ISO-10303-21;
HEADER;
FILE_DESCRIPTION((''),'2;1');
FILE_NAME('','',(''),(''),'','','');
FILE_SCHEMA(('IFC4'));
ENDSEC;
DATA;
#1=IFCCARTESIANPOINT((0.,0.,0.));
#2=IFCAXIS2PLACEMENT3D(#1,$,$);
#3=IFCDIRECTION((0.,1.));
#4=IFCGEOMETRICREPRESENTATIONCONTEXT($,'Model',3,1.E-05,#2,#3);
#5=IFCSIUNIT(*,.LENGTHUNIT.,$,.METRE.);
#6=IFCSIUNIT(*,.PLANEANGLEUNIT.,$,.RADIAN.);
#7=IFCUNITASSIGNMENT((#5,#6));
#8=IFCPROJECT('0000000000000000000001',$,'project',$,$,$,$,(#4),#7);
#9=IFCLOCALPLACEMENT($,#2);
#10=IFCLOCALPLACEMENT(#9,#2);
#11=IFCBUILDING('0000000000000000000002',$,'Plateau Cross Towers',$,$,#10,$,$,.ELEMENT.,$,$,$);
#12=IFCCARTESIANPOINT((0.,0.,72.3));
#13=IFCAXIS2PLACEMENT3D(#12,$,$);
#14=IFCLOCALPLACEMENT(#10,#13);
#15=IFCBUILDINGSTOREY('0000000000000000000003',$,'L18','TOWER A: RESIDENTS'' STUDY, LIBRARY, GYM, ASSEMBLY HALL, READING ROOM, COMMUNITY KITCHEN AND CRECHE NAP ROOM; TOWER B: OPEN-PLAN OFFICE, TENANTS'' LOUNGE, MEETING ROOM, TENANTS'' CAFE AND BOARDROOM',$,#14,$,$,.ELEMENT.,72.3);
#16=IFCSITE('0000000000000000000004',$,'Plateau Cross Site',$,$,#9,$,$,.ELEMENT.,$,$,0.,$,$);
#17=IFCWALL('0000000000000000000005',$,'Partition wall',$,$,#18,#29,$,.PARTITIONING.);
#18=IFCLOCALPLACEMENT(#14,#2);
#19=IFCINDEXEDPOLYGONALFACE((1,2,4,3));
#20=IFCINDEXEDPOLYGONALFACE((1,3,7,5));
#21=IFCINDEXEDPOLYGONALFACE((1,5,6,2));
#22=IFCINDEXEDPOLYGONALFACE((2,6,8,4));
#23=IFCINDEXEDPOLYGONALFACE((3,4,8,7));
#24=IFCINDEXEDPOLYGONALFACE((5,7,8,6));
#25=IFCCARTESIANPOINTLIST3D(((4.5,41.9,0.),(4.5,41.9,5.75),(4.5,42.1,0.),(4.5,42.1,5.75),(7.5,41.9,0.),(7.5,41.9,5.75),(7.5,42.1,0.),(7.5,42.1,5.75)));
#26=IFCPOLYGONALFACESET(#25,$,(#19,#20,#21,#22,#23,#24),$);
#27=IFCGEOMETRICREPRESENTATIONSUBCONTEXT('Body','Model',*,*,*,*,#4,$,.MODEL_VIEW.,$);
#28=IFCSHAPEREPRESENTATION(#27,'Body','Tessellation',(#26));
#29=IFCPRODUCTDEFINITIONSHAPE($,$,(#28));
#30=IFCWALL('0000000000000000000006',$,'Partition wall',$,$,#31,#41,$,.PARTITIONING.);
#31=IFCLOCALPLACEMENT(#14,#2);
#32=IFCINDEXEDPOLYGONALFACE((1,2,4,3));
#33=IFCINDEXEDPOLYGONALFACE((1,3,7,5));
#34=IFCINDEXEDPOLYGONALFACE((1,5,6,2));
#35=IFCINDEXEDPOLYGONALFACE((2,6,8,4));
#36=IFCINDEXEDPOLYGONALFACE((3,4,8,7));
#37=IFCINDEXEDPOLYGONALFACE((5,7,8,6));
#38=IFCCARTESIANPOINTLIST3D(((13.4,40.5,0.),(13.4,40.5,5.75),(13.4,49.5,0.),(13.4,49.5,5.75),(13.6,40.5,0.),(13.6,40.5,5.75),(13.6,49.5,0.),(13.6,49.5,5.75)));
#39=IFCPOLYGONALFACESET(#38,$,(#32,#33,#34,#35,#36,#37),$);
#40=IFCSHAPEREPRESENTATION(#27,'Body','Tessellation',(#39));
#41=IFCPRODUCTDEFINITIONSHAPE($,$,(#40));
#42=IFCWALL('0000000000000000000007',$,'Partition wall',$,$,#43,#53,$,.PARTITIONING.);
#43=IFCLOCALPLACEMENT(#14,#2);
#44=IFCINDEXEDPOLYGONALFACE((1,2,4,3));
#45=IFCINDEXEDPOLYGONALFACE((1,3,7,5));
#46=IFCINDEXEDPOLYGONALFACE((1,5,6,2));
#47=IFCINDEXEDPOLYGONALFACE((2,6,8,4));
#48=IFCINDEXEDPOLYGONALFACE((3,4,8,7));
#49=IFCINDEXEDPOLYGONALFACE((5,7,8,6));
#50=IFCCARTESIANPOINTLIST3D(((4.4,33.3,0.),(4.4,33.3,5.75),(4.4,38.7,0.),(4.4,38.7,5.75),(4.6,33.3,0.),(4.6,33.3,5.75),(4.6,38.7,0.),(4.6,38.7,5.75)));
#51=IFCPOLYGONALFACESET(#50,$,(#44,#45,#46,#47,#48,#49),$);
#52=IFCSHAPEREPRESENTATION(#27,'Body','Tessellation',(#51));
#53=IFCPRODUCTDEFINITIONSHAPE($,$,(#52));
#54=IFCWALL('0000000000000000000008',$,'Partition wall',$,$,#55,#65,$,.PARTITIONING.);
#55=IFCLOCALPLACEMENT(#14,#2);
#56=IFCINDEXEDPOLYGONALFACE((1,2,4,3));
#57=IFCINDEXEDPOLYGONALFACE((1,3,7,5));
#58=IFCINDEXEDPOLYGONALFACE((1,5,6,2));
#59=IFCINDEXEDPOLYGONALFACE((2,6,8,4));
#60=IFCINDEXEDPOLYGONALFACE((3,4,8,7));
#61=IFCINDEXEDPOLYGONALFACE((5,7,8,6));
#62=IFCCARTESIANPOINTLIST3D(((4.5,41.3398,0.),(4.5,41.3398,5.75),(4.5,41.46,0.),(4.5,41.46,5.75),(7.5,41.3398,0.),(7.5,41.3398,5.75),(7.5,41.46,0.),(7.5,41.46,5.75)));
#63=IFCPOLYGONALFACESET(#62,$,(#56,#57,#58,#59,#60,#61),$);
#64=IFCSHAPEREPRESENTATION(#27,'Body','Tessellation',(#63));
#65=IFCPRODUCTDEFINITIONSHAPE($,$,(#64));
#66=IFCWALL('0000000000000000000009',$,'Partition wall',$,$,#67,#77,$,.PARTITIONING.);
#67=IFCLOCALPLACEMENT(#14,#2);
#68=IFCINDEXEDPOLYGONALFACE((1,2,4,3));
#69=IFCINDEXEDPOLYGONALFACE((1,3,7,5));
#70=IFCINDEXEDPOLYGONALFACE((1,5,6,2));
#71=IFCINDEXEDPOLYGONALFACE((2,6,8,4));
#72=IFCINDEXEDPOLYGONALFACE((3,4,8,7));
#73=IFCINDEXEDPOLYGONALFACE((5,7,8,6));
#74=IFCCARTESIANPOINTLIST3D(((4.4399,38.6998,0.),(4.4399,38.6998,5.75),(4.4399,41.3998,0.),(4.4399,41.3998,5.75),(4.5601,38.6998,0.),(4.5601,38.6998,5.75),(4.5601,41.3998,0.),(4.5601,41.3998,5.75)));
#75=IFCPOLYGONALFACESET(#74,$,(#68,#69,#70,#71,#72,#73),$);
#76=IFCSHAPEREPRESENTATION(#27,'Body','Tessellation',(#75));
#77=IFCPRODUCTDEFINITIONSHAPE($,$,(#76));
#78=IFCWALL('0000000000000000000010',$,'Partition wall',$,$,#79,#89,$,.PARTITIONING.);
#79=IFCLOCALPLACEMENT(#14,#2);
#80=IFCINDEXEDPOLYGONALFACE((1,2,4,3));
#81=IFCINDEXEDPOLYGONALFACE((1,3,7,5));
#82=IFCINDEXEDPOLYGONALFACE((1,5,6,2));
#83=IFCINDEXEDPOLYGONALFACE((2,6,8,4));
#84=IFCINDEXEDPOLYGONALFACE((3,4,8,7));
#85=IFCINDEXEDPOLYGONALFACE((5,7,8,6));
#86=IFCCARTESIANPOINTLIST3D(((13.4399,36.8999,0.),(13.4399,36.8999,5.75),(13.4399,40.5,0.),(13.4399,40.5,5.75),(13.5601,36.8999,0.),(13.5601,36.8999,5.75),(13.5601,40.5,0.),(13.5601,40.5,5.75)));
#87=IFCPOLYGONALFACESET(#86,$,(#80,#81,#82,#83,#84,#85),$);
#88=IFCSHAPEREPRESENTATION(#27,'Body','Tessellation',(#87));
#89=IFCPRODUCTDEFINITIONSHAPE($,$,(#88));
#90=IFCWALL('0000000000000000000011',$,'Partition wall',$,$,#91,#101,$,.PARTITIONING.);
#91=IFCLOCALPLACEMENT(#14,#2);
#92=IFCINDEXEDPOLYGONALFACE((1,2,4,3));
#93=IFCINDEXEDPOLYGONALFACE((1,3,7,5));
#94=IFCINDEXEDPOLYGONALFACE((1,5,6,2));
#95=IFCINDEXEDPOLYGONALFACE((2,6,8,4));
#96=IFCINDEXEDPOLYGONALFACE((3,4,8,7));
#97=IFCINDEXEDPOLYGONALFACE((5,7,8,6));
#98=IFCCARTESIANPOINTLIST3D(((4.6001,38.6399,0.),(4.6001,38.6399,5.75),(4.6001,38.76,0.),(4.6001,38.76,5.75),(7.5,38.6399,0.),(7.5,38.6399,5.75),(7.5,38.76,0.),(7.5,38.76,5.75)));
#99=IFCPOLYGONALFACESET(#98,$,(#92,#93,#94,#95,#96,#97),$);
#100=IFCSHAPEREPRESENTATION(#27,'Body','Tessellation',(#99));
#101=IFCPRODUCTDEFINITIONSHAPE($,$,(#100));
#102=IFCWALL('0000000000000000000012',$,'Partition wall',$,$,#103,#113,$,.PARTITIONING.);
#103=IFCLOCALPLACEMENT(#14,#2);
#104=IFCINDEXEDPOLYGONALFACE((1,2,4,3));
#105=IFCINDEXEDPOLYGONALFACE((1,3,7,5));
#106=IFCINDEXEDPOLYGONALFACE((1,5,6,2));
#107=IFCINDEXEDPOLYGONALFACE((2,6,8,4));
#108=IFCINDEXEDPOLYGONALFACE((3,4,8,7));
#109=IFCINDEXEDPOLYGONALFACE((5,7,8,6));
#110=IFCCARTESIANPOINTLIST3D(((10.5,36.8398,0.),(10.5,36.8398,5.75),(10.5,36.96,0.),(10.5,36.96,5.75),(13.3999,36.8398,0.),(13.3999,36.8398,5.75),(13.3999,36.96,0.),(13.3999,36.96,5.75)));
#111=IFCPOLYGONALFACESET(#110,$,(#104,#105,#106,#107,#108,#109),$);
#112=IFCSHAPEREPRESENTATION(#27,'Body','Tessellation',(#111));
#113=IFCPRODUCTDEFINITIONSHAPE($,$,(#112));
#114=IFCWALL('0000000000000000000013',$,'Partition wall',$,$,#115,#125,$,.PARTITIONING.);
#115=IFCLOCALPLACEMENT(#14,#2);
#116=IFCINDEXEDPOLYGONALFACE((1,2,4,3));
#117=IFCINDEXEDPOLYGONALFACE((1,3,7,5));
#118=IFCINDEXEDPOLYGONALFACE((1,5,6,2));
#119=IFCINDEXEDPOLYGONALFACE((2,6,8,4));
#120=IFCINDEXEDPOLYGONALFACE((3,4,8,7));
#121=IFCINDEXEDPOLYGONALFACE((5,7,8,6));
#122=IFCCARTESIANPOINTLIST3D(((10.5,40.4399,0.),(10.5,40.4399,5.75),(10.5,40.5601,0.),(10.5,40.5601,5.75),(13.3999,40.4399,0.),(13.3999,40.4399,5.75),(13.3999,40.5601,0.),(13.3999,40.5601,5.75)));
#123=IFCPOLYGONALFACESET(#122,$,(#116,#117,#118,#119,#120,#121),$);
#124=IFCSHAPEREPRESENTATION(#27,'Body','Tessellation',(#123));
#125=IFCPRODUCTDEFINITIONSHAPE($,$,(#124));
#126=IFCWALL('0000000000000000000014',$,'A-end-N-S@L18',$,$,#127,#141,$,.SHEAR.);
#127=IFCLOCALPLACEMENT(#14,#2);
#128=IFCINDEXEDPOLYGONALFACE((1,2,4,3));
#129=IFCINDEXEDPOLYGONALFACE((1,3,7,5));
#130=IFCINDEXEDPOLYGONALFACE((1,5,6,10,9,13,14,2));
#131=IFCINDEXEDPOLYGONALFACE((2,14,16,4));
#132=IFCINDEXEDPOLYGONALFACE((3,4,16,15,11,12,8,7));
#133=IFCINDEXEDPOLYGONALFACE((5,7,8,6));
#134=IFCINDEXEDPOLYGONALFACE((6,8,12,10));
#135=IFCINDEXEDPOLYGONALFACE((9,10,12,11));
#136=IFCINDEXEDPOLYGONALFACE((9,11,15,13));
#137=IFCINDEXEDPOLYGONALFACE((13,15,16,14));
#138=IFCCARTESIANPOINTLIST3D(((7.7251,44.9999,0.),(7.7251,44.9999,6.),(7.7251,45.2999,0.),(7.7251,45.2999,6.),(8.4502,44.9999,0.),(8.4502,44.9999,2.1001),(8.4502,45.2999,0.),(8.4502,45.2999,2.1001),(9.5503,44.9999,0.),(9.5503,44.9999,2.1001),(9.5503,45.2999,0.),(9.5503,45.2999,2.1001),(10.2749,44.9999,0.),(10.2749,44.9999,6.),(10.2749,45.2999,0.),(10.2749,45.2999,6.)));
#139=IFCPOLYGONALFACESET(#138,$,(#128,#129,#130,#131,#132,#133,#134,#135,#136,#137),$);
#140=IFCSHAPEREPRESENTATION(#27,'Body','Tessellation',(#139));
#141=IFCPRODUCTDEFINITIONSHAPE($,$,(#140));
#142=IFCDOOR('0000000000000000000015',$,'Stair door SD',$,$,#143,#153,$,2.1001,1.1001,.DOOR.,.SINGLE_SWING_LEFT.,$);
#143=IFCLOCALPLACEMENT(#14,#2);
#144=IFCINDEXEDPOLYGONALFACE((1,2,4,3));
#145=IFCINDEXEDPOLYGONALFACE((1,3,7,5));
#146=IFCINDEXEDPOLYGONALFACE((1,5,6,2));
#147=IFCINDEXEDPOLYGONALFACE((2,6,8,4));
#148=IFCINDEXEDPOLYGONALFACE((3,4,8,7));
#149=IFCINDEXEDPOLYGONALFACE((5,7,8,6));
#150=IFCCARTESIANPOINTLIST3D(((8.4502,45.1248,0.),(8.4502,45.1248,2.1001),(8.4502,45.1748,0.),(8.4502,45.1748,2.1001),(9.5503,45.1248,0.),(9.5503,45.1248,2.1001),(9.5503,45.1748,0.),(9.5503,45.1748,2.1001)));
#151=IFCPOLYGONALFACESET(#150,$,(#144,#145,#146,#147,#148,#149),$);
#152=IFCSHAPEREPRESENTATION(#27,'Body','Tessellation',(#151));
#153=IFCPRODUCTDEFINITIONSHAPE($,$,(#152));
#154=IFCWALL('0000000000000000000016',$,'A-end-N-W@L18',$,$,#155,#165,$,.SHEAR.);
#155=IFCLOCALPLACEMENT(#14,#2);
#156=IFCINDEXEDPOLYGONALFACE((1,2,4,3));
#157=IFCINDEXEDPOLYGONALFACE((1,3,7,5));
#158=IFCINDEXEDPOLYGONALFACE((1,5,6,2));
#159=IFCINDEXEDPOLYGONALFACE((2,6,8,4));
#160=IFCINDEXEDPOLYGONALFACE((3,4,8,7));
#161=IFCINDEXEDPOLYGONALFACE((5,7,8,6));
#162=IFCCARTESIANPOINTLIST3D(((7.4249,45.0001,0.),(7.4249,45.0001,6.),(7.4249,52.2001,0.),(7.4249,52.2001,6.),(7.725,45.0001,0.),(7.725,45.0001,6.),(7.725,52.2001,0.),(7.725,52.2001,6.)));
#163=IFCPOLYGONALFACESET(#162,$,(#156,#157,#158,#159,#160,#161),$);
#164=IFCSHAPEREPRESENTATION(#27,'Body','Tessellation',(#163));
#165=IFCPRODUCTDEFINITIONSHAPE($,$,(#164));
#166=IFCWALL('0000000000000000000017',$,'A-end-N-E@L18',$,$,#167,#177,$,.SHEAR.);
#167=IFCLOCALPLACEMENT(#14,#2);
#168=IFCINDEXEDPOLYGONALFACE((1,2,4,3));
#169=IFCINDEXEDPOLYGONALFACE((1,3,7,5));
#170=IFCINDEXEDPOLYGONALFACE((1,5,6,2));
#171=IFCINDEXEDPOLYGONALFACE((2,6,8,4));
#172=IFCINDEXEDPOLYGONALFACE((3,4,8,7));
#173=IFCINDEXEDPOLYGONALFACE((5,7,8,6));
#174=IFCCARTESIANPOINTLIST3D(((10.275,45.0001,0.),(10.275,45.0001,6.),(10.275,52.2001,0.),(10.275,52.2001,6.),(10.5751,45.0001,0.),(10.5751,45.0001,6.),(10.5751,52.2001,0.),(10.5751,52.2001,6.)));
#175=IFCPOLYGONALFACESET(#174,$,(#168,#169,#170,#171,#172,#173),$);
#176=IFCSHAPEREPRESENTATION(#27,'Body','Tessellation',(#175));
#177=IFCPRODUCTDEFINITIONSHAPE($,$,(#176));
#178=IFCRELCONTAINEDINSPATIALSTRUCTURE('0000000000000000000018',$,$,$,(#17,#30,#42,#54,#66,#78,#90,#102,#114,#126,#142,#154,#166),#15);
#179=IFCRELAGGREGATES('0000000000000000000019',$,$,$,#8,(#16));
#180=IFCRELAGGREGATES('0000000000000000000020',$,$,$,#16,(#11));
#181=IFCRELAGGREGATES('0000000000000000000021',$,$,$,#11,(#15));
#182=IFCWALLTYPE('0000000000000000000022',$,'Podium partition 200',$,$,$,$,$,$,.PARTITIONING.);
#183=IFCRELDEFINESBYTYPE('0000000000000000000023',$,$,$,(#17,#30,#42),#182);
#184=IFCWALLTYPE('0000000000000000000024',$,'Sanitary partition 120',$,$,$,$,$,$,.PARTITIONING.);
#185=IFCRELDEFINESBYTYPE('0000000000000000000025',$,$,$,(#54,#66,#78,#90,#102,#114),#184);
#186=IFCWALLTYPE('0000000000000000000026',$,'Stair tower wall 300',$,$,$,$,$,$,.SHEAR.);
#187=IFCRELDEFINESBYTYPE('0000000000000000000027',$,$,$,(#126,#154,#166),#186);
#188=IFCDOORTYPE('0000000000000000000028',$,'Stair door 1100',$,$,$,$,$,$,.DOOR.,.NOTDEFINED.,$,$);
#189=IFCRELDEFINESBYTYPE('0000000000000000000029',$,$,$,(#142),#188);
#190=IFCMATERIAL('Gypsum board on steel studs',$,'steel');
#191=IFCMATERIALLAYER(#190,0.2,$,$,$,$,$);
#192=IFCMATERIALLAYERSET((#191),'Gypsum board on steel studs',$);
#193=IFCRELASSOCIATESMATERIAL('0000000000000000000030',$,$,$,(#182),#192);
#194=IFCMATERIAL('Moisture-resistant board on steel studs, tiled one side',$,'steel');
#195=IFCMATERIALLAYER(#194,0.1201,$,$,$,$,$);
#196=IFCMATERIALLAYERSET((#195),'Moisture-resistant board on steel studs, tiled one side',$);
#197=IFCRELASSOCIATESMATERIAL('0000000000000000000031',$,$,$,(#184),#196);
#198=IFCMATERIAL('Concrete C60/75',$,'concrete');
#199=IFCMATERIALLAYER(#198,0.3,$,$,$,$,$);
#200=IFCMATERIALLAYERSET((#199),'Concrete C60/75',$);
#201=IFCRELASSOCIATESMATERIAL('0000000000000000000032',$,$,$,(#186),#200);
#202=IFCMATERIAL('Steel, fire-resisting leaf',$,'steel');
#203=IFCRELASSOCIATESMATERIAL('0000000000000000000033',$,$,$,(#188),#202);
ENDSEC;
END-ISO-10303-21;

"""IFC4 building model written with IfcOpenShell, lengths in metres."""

from ifc_helpers import new_model, si_unit, direction, frame, frame_2d, origin, place, context, subcontext, project, spatial, rectangle, extrude, material, layer, layer_set, type_object, element, fill, save


model = new_model("IFC4")

# Units and contexts
model_context = context("Model", 3, precision=1e-05, world=origin(), true_north=direction((0.0, 1.0)))
body_context = subcontext(model_context, "Body", "Model", "MODEL_VIEW")
ifc_project = project(units=[si_unit("LENGTHUNIT", "METRE"), si_unit("PLANEANGLEUNIT", "RADIAN")], contexts=[model_context])

# Site, building, storey
site_placement = place(None, origin())
site = spatial("IfcSite", under=ifc_project, at=site_placement, Name="Plateau Cross Site", CompositionType="ELEMENT", RefElevation=0.0)
building_placement = place(site_placement, origin())
building = spatial("IfcBuilding", under=site, at=building_placement, Name="Plateau Cross Towers", CompositionType="ELEMENT")
storey_placement = place(building_placement, frame((0.0, 0.0, 72.3)))
storey = spatial("IfcBuildingStorey", under=building, at=storey_placement, Name="L18", Description="TOWER A: RESIDENTS' STUDY, LIBRARY, GYM, ASSEMBLY HALL, READING ROOM, COMMUNITY KITCHEN AND CRECHE NAP ROOM; TOWER B: OPEN-PLAN OFFICE, TENANTS' LOUNGE, MEETING ROOM, TENANTS' CAFE AND BOARDROOM", CompositionType="ELEMENT", Elevation=72.3)

# Shared definitions
ifc_material_1 = material(Name="Concrete C60/75", Category="concrete")

# Walls
ifc_material_2 = material(Name="Gypsum board on steel studs", Category="steel")
ifc_layer_1 = layer(ifc_material_2, 0.2)
ifc_layer_set_1 = layer_set([ifc_layer_1], Name="Gypsum board on steel studs")
wall_type_1 = type_object("IfcWallType", Name="Podium partition 200", PredefinedType="PARTITIONING", material=ifc_layer_set_1)
wall_1_placement = place(storey_placement, frame((4.5, 42.0, 0.0), z_axis=(0.0, 0.0, 1.0), x_axis=(1.0, 0.0, 0.0)))
element("IfcWall", 1, at=wall_1_placement, inside=storey, type_object=wall_type_1, Name="Partition wall", PredefinedType="PARTITIONING", context=body_context, shape_type="SweptSolid", body=[
    extrude(rectangle(XDim=3.0, YDim=0.2, at=frame_2d((1.5, 0.0))), origin(), (0.0, 0.0, 1.0), 5.75),
])
wall_2_placement = place(storey_placement, frame((13.5, 40.5, 0.0), z_axis=(0.0, 0.0, 1.0), x_axis=(0.0, 1.0, 0.0)))
element("IfcWall", 2, at=wall_2_placement, inside=storey, type_object=wall_type_1, Name="Partition wall", PredefinedType="PARTITIONING", context=body_context, shape_type="SweptSolid", body=[
    extrude(rectangle(XDim=9.0, YDim=0.2, at=frame_2d((4.5, 0.0))), origin(), (0.0, 0.0, 1.0), 5.75),
])
wall_3_placement = place(storey_placement, frame((4.5, 38.7, 0.0), z_axis=(0.0, 0.0, 1.0), x_axis=(0.0, -1.0, 0.0)))
element("IfcWall", 3, at=wall_3_placement, inside=storey, type_object=wall_type_1, Name="Partition wall", PredefinedType="PARTITIONING", context=body_context, shape_type="SweptSolid", body=[
    extrude(rectangle(XDim=5.3999, YDim=0.2, at=frame_2d((2.7, 0.0))), origin(), (0.0, 0.0, 1.0), 5.75),
])
ifc_material_3 = material(Name="Moisture-resistant board on steel studs, tiled one side", Category="steel")
ifc_layer_2 = layer(ifc_material_3, 0.1201)
ifc_layer_set_2 = layer_set([ifc_layer_2], Name="Moisture-resistant board on steel studs, tiled one side")
wall_type_2 = type_object("IfcWallType", Name="Sanitary partition 120", PredefinedType="PARTITIONING", material=ifc_layer_set_2)
wall_4_placement = place(storey_placement, frame((7.5, 41.3999, 0.0), z_axis=(0.0, 0.0, 1.0), x_axis=(-1.0, 0.0, 0.0)))
element("IfcWall", 4, at=wall_4_placement, inside=storey, type_object=wall_type_2, Name="Partition wall", PredefinedType="PARTITIONING", context=body_context, shape_type="SweptSolid", body=[
    extrude(rectangle(XDim=3.0, YDim=0.1201, at=frame_2d((1.5, 0.0))), origin(), (0.0, 0.0, 1.0), 5.75),
])
wall_5_placement = place(storey_placement, frame((4.5, 41.3999, 0.0), z_axis=(0.0, 0.0, 1.0), x_axis=(0.0, -1.0, 0.0)))
element("IfcWall", 5, at=wall_5_placement, inside=storey, type_object=wall_type_2, Name="Partition wall", PredefinedType="PARTITIONING", context=body_context, shape_type="SweptSolid", body=[
    extrude(rectangle(XDim=2.7, YDim=0.1201, at=frame_2d((1.3501, 0.0))), origin(), (0.0, 0.0, 1.0), 5.75),
])
wall_6_placement = place(storey_placement, frame((13.5, 36.8999, 0.0), z_axis=(0.0, 0.0, 1.0), x_axis=(0.0, 1.0, 0.0)))
element("IfcWall", 6, at=wall_6_placement, inside=storey, type_object=wall_type_2, Name="Partition wall", PredefinedType="PARTITIONING", context=body_context, shape_type="SweptSolid", body=[
    extrude(rectangle(XDim=3.6001, YDim=0.1201, at=frame_2d((1.8, 0.0))), origin(), (0.0, 0.0, 1.0), 5.75),
])
for number, where, z_axis, x_axis, name in (
    (7, (4.6001, 38.7, 0.0), (0.0, 0.0, 1.0), (1.0, 0.0, 0.0), "Partition wall"),
    (8, (10.5, 36.8999, 0.0), (0.0, 0.0, 1.0), (1.0, 0.0, 0.0), "Partition wall"),
    (9, (10.5, 40.5, 0.0), (0.0, 0.0, 1.0), (1.0, 0.0, 0.0), "Partition wall"),
):
    element("IfcWall", number, at=place(storey_placement, frame(where, z_axis=z_axis, x_axis=x_axis)), inside=storey, type_object=wall_type_2, Name=name, PredefinedType="PARTITIONING", context=body_context, shape_type="SweptSolid", body=[
        extrude(rectangle(XDim=2.8999, YDim=0.1201, at=frame_2d((1.45, 0.0))), origin(), (0.0, 0.0, 1.0), 5.75),
    ])

# Wall, opening, door
ifc_layer_3 = layer(ifc_material_1, 0.3)
ifc_layer_set_3 = layer_set([ifc_layer_3], Name="Concrete C60/75")
wall_type_3 = type_object("IfcWallType", Name="Stair tower wall 300", PredefinedType="SHEAR", material=ifc_layer_set_3)
wall_7_placement = place(storey_placement, frame((7.7251, 45.1499, 0.0), z_axis=(0.0, 0.0, 1.0), x_axis=(1.0, 0.0, 0.0)))
wall_7 = element("IfcWall", 10, at=wall_7_placement, inside=storey, type_object=wall_type_3, Name="A-end-N-S@L18", PredefinedType="SHEAR", context=body_context, shape_type="SweptSolid", body=[
    extrude(rectangle(XDim=2.5498, YDim=0.3, at=frame_2d((1.2749, 0.0))), origin(), (0.0, 0.0, 1.0), 6.0),
])
opening_placement = place(wall_7_placement, frame((0.7251, 0.0, 0.0)))
opening = element("IfcOpeningElement", 11, at=opening_placement, cuts=wall_7, PredefinedType="OPENING", context=body_context, shape_type="SweptSolid", body=[
    extrude(rectangle(XDim=1.1001, YDim=2.1001, at=frame_2d((0.55, 1.05))), frame((0.0, 0.1599, 0.0), z_axis=(0.0, -1.0, 0.0), x_axis=(1.0, 0.0, 0.0)), (0.0, 0.0, 1.0), 0.3201),
])
ifc_material_4 = material(Name="Steel, fire-resisting leaf", Category="steel")
door_type = type_object("IfcDoorType", Name="Stair door 1100", OperationType="NOTDEFINED", PredefinedType="DOOR", material=ifc_material_4)
door_placement = place(opening_placement, origin())
door = element("IfcDoor", 12, at=door_placement, inside=storey, type_object=door_type, Name="Stair door SD", OperationType="SINGLE_SWING_LEFT", OverallHeight=2.1001, OverallWidth=1.1001, PredefinedType="DOOR", context=body_context, shape_type="SweptSolid", body=[
    extrude(rectangle(XDim=1.1001, YDim=2.1001, at=frame_2d((0.55, 1.05))), frame((0.0, 0.0249, 0.0), z_axis=(0.0, -1.0, 0.0), x_axis=(1.0, 0.0, 0.0)), (0.0, 0.0, 1.0), 0.05),
])
fill(opening, door)

# Walls
for number, where, z_axis, x_axis, name in (
    (13, (7.575, 45.0, 0.0), (0.0, 0.0, 1.0), (0.0, 1.0, 0.0), "A-end-N-W@L18"),
    (14, (10.425, 45.0, 0.0), (0.0, 0.0, 1.0), (0.0, 1.0, 0.0), "A-end-N-E@L18"),
):
    element("IfcWall", number, at=place(storey_placement, frame(where, z_axis=z_axis, x_axis=x_axis)), inside=storey, type_object=wall_type_3, Name=name, PredefinedType="SHEAR", context=body_context, shape_type="SweptSolid", body=[
        extrude(rectangle(XDim=7.2, YDim=0.3, at=frame_2d((3.6001, 0.0))), origin(), (0.0, 0.0, 1.0), 6.0),
    ])

save(model, "model.ifc")
